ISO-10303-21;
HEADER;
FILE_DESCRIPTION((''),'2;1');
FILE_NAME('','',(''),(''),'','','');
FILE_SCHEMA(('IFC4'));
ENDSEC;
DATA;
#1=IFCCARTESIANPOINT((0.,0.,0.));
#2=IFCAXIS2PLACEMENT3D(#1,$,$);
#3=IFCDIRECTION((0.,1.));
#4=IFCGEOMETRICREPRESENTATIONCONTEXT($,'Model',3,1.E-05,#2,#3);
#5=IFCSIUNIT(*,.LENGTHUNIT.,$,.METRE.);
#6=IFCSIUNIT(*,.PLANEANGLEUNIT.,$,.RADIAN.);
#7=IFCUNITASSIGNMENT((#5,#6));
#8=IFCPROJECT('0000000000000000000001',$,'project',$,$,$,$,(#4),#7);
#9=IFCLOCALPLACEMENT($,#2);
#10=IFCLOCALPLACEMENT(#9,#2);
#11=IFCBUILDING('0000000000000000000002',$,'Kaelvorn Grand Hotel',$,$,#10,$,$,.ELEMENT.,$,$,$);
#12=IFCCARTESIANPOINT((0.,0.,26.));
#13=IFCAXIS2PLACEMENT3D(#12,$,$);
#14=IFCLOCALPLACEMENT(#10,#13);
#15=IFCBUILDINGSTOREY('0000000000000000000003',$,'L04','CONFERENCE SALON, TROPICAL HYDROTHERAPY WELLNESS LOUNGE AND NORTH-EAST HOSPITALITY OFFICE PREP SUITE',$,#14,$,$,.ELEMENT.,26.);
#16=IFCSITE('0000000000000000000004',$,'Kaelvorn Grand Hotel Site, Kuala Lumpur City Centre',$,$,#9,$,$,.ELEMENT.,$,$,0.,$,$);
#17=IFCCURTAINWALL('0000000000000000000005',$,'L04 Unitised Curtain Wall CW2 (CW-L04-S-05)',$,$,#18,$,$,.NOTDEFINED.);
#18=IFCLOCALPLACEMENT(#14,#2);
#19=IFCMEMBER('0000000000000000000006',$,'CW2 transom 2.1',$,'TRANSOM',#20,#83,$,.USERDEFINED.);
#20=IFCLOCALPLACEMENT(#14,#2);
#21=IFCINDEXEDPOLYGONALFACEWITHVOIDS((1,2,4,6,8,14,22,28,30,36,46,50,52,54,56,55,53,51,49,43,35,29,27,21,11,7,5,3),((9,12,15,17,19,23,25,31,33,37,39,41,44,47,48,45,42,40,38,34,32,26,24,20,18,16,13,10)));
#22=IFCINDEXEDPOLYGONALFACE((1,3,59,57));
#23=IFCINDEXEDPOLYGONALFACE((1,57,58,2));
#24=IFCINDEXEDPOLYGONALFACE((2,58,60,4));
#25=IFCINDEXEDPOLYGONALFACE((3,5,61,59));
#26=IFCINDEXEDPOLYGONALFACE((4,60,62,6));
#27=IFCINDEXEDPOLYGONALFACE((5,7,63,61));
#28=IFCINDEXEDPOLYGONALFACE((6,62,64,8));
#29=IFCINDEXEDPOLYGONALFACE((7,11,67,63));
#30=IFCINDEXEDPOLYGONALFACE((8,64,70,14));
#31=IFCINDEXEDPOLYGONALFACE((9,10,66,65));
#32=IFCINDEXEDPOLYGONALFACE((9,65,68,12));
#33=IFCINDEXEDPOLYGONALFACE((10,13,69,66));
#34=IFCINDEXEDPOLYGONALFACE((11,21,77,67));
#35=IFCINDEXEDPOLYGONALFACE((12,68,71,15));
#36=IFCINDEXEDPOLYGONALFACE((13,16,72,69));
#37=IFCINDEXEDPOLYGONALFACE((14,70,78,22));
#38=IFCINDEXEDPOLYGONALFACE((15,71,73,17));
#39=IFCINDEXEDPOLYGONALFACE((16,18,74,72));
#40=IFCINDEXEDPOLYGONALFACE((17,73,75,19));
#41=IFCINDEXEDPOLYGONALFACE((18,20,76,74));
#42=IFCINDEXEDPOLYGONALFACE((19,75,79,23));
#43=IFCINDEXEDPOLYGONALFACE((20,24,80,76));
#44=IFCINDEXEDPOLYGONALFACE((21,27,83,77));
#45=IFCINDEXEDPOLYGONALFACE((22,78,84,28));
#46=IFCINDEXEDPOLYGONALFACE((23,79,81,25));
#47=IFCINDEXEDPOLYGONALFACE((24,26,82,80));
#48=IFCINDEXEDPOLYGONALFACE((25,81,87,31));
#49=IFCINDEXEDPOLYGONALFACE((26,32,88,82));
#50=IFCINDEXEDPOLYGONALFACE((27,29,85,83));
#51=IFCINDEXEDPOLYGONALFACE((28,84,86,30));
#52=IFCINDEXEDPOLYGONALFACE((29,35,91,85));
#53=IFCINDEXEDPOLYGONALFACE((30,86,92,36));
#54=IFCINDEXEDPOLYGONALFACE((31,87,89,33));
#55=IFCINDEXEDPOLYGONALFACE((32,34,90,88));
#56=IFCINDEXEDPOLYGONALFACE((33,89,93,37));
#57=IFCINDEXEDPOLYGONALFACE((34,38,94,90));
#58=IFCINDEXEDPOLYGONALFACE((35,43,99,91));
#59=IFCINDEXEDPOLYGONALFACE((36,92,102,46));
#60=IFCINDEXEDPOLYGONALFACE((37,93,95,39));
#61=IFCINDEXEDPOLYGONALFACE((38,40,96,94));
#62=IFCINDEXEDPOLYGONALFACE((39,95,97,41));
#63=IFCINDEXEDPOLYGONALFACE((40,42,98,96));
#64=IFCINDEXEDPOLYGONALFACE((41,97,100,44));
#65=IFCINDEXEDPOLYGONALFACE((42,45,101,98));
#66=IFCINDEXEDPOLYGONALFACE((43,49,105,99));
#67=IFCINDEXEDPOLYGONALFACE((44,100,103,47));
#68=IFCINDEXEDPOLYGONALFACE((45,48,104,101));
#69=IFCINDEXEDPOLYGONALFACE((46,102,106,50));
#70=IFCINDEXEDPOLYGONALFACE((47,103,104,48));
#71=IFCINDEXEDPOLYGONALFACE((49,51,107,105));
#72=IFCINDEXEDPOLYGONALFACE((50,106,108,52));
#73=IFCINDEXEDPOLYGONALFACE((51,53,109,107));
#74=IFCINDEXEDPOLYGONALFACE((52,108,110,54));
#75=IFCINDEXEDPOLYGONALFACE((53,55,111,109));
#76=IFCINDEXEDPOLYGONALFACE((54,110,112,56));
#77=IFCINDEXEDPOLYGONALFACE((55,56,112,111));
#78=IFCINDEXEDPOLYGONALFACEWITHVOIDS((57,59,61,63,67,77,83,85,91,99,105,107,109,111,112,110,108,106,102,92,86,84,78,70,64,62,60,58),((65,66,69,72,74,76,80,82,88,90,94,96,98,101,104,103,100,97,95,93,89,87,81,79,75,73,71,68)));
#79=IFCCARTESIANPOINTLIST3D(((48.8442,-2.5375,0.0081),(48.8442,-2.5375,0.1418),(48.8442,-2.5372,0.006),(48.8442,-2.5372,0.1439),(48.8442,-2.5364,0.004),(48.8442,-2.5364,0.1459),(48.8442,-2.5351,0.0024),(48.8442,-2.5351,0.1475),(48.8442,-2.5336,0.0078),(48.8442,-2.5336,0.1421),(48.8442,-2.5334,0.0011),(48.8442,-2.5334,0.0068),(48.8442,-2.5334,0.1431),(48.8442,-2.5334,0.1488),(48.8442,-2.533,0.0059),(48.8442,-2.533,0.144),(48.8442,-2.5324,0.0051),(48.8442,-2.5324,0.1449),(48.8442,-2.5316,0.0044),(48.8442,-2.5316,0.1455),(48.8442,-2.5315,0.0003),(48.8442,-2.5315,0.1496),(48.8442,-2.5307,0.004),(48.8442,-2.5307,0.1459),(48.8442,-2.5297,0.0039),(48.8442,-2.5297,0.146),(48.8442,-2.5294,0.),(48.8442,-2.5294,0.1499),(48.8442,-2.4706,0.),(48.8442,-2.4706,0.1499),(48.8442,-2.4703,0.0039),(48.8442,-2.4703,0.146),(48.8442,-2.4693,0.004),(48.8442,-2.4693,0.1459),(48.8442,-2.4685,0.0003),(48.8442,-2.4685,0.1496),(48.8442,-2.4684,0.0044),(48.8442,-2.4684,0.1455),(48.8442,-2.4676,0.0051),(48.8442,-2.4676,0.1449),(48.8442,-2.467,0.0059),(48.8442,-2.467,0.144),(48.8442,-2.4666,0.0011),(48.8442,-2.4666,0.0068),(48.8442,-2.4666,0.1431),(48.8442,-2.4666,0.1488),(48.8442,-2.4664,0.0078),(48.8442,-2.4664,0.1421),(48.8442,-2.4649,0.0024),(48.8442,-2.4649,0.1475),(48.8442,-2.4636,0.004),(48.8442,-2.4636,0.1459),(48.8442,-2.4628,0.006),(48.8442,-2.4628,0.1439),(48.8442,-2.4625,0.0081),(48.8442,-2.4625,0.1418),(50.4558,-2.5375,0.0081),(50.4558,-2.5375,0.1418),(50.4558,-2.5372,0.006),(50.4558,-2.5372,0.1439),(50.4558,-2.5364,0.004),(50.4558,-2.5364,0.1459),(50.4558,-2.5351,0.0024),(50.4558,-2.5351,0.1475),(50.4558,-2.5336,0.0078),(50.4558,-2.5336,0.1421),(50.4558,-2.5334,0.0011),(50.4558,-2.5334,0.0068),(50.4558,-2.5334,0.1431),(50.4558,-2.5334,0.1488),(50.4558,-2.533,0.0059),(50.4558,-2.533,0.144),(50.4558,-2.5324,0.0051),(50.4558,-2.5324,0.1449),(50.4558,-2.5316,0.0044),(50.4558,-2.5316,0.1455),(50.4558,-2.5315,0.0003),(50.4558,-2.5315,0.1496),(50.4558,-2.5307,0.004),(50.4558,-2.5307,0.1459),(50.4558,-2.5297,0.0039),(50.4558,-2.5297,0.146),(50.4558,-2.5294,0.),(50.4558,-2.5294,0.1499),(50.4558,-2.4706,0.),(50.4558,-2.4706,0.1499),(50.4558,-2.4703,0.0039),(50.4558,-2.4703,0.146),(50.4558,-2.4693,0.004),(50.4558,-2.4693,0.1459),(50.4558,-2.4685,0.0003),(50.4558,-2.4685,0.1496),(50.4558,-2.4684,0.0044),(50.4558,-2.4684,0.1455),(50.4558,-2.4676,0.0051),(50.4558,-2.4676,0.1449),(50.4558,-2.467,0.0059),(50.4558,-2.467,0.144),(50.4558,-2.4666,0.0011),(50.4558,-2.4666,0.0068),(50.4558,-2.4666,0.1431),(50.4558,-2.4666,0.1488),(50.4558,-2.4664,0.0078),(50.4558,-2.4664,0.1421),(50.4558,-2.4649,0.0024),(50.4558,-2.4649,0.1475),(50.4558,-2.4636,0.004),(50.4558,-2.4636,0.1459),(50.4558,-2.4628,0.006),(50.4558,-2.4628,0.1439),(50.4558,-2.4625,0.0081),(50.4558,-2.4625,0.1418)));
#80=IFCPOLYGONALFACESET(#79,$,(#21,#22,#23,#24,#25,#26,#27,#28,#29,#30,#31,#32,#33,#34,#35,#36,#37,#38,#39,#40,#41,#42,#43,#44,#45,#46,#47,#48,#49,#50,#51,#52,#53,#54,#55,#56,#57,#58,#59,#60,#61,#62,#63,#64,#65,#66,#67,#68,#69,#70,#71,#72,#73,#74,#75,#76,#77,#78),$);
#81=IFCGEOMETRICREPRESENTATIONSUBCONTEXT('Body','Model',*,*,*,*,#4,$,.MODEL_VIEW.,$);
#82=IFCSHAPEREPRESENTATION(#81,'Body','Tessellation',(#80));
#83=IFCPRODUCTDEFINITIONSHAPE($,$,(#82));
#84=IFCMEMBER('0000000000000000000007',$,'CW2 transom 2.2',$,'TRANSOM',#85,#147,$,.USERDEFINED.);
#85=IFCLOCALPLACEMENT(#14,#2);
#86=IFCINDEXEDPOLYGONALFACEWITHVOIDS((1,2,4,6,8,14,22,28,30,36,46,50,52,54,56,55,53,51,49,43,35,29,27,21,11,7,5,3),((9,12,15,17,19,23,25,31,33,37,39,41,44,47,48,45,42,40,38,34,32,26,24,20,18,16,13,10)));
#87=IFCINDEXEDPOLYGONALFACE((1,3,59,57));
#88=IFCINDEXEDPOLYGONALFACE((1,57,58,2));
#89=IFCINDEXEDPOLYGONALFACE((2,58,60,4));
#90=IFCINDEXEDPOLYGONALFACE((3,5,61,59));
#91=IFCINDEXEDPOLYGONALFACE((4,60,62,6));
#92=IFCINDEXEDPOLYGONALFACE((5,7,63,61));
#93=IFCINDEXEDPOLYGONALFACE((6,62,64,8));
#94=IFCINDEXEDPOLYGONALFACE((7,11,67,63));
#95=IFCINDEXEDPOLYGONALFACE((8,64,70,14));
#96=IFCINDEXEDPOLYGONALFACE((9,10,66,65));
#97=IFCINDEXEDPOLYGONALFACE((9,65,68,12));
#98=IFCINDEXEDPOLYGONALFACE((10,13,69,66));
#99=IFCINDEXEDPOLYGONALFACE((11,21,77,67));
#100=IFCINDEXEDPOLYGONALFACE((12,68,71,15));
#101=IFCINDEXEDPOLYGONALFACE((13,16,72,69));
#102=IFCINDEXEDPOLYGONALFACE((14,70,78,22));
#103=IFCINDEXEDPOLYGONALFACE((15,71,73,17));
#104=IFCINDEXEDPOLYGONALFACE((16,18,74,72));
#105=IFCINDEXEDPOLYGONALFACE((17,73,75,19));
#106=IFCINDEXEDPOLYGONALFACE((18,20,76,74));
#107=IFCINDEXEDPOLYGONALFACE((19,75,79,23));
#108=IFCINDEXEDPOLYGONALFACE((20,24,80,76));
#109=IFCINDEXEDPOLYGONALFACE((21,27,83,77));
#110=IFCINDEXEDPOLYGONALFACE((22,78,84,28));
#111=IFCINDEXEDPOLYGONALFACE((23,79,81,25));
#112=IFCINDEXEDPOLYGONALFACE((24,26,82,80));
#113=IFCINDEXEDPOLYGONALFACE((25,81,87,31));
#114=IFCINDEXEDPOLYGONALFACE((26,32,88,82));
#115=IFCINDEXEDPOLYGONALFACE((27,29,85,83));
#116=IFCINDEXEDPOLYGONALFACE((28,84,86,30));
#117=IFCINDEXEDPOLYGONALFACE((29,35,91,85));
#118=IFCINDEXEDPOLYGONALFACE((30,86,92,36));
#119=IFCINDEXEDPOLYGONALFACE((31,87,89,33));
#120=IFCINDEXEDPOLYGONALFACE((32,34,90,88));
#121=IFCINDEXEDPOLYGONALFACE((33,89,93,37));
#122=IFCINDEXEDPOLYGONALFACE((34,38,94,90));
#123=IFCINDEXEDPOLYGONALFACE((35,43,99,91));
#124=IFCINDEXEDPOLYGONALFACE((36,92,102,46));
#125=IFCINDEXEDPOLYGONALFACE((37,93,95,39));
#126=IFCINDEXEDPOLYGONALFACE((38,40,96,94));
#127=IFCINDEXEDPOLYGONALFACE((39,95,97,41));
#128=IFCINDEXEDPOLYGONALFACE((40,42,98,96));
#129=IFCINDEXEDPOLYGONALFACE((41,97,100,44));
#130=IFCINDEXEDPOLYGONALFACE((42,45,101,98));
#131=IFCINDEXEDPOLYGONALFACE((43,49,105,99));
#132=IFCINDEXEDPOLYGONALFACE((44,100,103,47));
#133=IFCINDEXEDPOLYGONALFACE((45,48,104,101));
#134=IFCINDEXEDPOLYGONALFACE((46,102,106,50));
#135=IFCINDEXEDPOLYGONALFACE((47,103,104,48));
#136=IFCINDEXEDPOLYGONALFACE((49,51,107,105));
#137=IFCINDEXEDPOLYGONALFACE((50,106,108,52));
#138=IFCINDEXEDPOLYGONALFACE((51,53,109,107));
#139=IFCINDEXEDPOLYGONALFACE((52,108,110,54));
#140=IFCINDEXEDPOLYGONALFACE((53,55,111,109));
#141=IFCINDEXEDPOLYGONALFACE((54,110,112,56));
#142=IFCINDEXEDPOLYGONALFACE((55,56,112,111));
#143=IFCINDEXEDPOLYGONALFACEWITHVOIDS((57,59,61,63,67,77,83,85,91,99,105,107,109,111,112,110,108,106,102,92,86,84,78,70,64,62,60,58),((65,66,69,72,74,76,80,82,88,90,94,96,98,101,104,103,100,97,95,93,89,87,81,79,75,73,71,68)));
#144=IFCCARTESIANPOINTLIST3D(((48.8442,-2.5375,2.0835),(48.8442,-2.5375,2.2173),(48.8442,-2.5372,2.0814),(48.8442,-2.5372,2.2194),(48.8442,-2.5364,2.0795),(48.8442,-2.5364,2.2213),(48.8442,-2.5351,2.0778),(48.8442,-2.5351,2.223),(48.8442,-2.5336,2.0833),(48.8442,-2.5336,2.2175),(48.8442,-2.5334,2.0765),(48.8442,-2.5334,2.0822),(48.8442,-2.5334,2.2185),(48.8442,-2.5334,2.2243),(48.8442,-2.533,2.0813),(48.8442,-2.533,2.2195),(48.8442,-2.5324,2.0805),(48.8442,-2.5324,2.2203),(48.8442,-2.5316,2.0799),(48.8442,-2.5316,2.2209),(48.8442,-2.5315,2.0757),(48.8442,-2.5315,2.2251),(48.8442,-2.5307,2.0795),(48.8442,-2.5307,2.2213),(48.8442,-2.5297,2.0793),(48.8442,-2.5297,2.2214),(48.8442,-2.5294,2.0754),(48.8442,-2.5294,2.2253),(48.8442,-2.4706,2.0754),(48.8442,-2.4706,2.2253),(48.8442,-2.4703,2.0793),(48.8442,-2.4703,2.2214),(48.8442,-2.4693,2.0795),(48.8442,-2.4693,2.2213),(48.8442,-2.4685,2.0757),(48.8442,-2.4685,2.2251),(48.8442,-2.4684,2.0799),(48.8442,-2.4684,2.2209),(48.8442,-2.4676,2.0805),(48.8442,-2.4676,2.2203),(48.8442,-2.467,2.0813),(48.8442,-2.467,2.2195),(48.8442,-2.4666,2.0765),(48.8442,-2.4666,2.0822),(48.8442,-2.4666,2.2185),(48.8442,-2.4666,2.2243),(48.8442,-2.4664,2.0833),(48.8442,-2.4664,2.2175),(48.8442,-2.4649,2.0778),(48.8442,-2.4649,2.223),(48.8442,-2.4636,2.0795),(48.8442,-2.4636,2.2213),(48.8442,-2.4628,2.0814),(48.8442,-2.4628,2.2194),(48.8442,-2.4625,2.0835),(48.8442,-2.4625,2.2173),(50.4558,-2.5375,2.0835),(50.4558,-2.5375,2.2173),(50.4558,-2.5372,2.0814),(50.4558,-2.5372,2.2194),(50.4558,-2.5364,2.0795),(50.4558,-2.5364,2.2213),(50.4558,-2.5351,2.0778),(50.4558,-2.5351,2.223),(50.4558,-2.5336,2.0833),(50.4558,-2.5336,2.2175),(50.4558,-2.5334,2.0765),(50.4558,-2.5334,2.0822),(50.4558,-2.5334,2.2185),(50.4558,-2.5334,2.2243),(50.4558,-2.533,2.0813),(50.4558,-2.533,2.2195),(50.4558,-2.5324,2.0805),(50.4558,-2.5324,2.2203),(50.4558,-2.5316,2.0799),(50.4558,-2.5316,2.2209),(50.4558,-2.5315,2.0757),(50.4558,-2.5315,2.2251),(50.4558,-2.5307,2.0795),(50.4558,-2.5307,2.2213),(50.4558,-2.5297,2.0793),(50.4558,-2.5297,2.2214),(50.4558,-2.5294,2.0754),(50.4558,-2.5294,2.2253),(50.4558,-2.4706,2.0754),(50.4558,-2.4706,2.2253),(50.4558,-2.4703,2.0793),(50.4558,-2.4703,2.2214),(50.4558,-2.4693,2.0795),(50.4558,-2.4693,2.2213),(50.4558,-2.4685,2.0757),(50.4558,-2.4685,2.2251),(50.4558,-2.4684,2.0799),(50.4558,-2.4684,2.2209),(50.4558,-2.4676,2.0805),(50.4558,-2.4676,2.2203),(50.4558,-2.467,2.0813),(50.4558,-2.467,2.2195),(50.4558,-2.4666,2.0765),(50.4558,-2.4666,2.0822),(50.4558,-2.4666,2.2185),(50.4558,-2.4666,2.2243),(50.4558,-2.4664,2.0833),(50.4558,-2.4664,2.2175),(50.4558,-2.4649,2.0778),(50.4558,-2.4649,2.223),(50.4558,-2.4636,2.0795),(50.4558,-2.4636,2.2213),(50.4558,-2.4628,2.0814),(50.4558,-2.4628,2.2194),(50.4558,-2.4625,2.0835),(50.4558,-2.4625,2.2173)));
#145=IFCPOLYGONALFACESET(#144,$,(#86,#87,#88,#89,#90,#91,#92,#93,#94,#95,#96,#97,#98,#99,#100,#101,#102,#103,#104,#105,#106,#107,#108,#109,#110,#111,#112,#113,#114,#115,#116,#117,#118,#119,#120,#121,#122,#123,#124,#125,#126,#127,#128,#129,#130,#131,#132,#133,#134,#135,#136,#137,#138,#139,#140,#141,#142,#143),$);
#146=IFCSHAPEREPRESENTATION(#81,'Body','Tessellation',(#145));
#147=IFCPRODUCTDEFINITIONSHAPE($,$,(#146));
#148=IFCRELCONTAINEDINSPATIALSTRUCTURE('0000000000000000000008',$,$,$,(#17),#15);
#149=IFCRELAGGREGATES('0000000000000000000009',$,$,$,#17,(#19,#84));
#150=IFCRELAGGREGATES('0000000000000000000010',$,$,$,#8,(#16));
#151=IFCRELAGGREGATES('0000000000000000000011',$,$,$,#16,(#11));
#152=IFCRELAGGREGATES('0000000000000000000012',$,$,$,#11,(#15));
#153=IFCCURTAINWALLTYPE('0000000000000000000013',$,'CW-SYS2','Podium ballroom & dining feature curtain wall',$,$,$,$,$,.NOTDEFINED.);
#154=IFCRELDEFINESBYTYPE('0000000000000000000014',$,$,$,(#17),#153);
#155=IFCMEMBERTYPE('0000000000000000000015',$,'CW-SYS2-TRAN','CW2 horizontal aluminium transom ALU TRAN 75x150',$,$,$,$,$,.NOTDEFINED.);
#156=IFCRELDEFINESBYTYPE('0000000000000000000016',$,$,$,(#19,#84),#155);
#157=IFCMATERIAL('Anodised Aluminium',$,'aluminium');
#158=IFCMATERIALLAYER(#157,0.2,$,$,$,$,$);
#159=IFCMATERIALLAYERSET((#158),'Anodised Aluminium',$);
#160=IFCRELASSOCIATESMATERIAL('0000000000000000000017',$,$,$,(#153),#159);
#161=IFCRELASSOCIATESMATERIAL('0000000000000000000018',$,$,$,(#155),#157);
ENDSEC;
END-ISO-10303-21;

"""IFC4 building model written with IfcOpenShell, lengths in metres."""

from ifc_helpers import new_model, si_unit, direction, frame, origin, origin_2d, place, context, subcontext, project, spatial, hollow_rectangle, extrude, material, layer, layer_set, material_profile, profile_set, type_object, element, aggregate, save


model = new_model("IFC4")

# Units and contexts
model_context = context("Model", 3, precision=1e-05, world=origin(), true_north=direction((0.0, 1.0)))
body_context = subcontext(model_context, "Body", "Model", "MODEL_VIEW")
ifc_project = project(units=[si_unit("LENGTHUNIT", "METRE"), si_unit("PLANEANGLEUNIT", "RADIAN")], contexts=[model_context])

# Site, building, storey
site_placement = place(None, origin())
site = spatial("IfcSite", under=ifc_project, at=site_placement, Name="Kaelvorn Grand Hotel Site, Kuala Lumpur City Centre", CompositionType="ELEMENT", RefElevation=0.0)
building_placement = place(site_placement, origin())
building = spatial("IfcBuilding", under=site, at=building_placement, Name="Kaelvorn Grand Hotel", CompositionType="ELEMENT")
storey_placement = place(building_placement, frame((0.0, 0.0, 26.0)))
storey = spatial("IfcBuildingStorey", under=building, at=storey_placement, Name="L04", Description="CONFERENCE SALON, TROPICAL HYDROTHERAPY WELLNESS LOUNGE AND NORTH-EAST HOSPITALITY OFFICE PREP SUITE", CompositionType="ELEMENT", Elevation=26.0)

# Curtain wall
ifc_material_1 = material(Name="Anodised Aluminium", Category="aluminium")
ifc_layer_1 = layer(ifc_material_1, 0.2)
ifc_layer_set_1 = layer_set([ifc_layer_1], Name="Anodised Aluminium")
curtain_wall_type = type_object("IfcCurtainWallType", Name="CW-SYS2", Description="Podium ballroom & dining feature curtain wall", PredefinedType="NOTDEFINED", material=ifc_layer_set_1)
curtain_wall_1_placement = place(storey_placement, origin())
curtain_wall_1 = element("IfcCurtainWall", 1, at=curtain_wall_1_placement, inside=storey, type_object=curtain_wall_type, Name="L04 Unitised Curtain Wall CW2 (CW-L04-S-05)", PredefinedType="NOTDEFINED")

# Members
ifc_material_profile_1 = material_profile(ifc_material_1, hollow_rectangle(XDim=0.075, YDim=0.1499, WallThickness=0.0039, InnerFilletRadius=0.0039, OuterFilletRadius=0.0081, at=origin_2d()), Name="ALU TRAN 75x150")
ifc_profile_set_1 = profile_set([ifc_material_profile_1], Name="Anodised Aluminium")
member_type_1 = type_object("IfcMemberType", Name="CW-SYS2-TRAN", Description="CW2 horizontal aluminium transom ALU TRAN 75x150", PredefinedType="NOTDEFINED", material=ifc_profile_set_1)
member_1_placement = place(storey_placement, frame((48.8442, -2.5, 0.075), z_axis=(1.0, 0.0, 0.0), x_axis=(0.0, 1.0, 0.0)))
member_1 = element("IfcMember", 2, at=member_1_placement, type_object=member_type_1, Name="CW2 transom 2.1", ObjectType="TRANSOM", PredefinedType="USERDEFINED", context=body_context, shape_type="SweptSolid", body=[
    extrude(hollow_rectangle(XDim=0.075, YDim=0.1499, WallThickness=0.0039, InnerFilletRadius=0.0039, OuterFilletRadius=0.0081, at=origin_2d()), origin(), (0.0, 0.0, 1.0), 1.6116),
])
member_2_placement = place(storey_placement, frame((48.8442, -2.5, 2.1504), z_axis=(1.0, 0.0, 0.0), x_axis=(0.0, 1.0, 0.0)))
member_2 = element("IfcMember", 3, at=member_2_placement, type_object=member_type_1, Name="CW2 transom 2.2", ObjectType="TRANSOM", PredefinedType="USERDEFINED", context=body_context, shape_type="SweptSolid", body=[
    extrude(hollow_rectangle(XDim=0.075, YDim=0.1499, WallThickness=0.0039, InnerFilletRadius=0.0039, OuterFilletRadius=0.0081, at=origin_2d()), origin(), (0.0, 0.0, 1.0), 1.6116),
])

aggregate(curtain_wall_1, [member_1, member_2])

save(model, "model.ifc")
